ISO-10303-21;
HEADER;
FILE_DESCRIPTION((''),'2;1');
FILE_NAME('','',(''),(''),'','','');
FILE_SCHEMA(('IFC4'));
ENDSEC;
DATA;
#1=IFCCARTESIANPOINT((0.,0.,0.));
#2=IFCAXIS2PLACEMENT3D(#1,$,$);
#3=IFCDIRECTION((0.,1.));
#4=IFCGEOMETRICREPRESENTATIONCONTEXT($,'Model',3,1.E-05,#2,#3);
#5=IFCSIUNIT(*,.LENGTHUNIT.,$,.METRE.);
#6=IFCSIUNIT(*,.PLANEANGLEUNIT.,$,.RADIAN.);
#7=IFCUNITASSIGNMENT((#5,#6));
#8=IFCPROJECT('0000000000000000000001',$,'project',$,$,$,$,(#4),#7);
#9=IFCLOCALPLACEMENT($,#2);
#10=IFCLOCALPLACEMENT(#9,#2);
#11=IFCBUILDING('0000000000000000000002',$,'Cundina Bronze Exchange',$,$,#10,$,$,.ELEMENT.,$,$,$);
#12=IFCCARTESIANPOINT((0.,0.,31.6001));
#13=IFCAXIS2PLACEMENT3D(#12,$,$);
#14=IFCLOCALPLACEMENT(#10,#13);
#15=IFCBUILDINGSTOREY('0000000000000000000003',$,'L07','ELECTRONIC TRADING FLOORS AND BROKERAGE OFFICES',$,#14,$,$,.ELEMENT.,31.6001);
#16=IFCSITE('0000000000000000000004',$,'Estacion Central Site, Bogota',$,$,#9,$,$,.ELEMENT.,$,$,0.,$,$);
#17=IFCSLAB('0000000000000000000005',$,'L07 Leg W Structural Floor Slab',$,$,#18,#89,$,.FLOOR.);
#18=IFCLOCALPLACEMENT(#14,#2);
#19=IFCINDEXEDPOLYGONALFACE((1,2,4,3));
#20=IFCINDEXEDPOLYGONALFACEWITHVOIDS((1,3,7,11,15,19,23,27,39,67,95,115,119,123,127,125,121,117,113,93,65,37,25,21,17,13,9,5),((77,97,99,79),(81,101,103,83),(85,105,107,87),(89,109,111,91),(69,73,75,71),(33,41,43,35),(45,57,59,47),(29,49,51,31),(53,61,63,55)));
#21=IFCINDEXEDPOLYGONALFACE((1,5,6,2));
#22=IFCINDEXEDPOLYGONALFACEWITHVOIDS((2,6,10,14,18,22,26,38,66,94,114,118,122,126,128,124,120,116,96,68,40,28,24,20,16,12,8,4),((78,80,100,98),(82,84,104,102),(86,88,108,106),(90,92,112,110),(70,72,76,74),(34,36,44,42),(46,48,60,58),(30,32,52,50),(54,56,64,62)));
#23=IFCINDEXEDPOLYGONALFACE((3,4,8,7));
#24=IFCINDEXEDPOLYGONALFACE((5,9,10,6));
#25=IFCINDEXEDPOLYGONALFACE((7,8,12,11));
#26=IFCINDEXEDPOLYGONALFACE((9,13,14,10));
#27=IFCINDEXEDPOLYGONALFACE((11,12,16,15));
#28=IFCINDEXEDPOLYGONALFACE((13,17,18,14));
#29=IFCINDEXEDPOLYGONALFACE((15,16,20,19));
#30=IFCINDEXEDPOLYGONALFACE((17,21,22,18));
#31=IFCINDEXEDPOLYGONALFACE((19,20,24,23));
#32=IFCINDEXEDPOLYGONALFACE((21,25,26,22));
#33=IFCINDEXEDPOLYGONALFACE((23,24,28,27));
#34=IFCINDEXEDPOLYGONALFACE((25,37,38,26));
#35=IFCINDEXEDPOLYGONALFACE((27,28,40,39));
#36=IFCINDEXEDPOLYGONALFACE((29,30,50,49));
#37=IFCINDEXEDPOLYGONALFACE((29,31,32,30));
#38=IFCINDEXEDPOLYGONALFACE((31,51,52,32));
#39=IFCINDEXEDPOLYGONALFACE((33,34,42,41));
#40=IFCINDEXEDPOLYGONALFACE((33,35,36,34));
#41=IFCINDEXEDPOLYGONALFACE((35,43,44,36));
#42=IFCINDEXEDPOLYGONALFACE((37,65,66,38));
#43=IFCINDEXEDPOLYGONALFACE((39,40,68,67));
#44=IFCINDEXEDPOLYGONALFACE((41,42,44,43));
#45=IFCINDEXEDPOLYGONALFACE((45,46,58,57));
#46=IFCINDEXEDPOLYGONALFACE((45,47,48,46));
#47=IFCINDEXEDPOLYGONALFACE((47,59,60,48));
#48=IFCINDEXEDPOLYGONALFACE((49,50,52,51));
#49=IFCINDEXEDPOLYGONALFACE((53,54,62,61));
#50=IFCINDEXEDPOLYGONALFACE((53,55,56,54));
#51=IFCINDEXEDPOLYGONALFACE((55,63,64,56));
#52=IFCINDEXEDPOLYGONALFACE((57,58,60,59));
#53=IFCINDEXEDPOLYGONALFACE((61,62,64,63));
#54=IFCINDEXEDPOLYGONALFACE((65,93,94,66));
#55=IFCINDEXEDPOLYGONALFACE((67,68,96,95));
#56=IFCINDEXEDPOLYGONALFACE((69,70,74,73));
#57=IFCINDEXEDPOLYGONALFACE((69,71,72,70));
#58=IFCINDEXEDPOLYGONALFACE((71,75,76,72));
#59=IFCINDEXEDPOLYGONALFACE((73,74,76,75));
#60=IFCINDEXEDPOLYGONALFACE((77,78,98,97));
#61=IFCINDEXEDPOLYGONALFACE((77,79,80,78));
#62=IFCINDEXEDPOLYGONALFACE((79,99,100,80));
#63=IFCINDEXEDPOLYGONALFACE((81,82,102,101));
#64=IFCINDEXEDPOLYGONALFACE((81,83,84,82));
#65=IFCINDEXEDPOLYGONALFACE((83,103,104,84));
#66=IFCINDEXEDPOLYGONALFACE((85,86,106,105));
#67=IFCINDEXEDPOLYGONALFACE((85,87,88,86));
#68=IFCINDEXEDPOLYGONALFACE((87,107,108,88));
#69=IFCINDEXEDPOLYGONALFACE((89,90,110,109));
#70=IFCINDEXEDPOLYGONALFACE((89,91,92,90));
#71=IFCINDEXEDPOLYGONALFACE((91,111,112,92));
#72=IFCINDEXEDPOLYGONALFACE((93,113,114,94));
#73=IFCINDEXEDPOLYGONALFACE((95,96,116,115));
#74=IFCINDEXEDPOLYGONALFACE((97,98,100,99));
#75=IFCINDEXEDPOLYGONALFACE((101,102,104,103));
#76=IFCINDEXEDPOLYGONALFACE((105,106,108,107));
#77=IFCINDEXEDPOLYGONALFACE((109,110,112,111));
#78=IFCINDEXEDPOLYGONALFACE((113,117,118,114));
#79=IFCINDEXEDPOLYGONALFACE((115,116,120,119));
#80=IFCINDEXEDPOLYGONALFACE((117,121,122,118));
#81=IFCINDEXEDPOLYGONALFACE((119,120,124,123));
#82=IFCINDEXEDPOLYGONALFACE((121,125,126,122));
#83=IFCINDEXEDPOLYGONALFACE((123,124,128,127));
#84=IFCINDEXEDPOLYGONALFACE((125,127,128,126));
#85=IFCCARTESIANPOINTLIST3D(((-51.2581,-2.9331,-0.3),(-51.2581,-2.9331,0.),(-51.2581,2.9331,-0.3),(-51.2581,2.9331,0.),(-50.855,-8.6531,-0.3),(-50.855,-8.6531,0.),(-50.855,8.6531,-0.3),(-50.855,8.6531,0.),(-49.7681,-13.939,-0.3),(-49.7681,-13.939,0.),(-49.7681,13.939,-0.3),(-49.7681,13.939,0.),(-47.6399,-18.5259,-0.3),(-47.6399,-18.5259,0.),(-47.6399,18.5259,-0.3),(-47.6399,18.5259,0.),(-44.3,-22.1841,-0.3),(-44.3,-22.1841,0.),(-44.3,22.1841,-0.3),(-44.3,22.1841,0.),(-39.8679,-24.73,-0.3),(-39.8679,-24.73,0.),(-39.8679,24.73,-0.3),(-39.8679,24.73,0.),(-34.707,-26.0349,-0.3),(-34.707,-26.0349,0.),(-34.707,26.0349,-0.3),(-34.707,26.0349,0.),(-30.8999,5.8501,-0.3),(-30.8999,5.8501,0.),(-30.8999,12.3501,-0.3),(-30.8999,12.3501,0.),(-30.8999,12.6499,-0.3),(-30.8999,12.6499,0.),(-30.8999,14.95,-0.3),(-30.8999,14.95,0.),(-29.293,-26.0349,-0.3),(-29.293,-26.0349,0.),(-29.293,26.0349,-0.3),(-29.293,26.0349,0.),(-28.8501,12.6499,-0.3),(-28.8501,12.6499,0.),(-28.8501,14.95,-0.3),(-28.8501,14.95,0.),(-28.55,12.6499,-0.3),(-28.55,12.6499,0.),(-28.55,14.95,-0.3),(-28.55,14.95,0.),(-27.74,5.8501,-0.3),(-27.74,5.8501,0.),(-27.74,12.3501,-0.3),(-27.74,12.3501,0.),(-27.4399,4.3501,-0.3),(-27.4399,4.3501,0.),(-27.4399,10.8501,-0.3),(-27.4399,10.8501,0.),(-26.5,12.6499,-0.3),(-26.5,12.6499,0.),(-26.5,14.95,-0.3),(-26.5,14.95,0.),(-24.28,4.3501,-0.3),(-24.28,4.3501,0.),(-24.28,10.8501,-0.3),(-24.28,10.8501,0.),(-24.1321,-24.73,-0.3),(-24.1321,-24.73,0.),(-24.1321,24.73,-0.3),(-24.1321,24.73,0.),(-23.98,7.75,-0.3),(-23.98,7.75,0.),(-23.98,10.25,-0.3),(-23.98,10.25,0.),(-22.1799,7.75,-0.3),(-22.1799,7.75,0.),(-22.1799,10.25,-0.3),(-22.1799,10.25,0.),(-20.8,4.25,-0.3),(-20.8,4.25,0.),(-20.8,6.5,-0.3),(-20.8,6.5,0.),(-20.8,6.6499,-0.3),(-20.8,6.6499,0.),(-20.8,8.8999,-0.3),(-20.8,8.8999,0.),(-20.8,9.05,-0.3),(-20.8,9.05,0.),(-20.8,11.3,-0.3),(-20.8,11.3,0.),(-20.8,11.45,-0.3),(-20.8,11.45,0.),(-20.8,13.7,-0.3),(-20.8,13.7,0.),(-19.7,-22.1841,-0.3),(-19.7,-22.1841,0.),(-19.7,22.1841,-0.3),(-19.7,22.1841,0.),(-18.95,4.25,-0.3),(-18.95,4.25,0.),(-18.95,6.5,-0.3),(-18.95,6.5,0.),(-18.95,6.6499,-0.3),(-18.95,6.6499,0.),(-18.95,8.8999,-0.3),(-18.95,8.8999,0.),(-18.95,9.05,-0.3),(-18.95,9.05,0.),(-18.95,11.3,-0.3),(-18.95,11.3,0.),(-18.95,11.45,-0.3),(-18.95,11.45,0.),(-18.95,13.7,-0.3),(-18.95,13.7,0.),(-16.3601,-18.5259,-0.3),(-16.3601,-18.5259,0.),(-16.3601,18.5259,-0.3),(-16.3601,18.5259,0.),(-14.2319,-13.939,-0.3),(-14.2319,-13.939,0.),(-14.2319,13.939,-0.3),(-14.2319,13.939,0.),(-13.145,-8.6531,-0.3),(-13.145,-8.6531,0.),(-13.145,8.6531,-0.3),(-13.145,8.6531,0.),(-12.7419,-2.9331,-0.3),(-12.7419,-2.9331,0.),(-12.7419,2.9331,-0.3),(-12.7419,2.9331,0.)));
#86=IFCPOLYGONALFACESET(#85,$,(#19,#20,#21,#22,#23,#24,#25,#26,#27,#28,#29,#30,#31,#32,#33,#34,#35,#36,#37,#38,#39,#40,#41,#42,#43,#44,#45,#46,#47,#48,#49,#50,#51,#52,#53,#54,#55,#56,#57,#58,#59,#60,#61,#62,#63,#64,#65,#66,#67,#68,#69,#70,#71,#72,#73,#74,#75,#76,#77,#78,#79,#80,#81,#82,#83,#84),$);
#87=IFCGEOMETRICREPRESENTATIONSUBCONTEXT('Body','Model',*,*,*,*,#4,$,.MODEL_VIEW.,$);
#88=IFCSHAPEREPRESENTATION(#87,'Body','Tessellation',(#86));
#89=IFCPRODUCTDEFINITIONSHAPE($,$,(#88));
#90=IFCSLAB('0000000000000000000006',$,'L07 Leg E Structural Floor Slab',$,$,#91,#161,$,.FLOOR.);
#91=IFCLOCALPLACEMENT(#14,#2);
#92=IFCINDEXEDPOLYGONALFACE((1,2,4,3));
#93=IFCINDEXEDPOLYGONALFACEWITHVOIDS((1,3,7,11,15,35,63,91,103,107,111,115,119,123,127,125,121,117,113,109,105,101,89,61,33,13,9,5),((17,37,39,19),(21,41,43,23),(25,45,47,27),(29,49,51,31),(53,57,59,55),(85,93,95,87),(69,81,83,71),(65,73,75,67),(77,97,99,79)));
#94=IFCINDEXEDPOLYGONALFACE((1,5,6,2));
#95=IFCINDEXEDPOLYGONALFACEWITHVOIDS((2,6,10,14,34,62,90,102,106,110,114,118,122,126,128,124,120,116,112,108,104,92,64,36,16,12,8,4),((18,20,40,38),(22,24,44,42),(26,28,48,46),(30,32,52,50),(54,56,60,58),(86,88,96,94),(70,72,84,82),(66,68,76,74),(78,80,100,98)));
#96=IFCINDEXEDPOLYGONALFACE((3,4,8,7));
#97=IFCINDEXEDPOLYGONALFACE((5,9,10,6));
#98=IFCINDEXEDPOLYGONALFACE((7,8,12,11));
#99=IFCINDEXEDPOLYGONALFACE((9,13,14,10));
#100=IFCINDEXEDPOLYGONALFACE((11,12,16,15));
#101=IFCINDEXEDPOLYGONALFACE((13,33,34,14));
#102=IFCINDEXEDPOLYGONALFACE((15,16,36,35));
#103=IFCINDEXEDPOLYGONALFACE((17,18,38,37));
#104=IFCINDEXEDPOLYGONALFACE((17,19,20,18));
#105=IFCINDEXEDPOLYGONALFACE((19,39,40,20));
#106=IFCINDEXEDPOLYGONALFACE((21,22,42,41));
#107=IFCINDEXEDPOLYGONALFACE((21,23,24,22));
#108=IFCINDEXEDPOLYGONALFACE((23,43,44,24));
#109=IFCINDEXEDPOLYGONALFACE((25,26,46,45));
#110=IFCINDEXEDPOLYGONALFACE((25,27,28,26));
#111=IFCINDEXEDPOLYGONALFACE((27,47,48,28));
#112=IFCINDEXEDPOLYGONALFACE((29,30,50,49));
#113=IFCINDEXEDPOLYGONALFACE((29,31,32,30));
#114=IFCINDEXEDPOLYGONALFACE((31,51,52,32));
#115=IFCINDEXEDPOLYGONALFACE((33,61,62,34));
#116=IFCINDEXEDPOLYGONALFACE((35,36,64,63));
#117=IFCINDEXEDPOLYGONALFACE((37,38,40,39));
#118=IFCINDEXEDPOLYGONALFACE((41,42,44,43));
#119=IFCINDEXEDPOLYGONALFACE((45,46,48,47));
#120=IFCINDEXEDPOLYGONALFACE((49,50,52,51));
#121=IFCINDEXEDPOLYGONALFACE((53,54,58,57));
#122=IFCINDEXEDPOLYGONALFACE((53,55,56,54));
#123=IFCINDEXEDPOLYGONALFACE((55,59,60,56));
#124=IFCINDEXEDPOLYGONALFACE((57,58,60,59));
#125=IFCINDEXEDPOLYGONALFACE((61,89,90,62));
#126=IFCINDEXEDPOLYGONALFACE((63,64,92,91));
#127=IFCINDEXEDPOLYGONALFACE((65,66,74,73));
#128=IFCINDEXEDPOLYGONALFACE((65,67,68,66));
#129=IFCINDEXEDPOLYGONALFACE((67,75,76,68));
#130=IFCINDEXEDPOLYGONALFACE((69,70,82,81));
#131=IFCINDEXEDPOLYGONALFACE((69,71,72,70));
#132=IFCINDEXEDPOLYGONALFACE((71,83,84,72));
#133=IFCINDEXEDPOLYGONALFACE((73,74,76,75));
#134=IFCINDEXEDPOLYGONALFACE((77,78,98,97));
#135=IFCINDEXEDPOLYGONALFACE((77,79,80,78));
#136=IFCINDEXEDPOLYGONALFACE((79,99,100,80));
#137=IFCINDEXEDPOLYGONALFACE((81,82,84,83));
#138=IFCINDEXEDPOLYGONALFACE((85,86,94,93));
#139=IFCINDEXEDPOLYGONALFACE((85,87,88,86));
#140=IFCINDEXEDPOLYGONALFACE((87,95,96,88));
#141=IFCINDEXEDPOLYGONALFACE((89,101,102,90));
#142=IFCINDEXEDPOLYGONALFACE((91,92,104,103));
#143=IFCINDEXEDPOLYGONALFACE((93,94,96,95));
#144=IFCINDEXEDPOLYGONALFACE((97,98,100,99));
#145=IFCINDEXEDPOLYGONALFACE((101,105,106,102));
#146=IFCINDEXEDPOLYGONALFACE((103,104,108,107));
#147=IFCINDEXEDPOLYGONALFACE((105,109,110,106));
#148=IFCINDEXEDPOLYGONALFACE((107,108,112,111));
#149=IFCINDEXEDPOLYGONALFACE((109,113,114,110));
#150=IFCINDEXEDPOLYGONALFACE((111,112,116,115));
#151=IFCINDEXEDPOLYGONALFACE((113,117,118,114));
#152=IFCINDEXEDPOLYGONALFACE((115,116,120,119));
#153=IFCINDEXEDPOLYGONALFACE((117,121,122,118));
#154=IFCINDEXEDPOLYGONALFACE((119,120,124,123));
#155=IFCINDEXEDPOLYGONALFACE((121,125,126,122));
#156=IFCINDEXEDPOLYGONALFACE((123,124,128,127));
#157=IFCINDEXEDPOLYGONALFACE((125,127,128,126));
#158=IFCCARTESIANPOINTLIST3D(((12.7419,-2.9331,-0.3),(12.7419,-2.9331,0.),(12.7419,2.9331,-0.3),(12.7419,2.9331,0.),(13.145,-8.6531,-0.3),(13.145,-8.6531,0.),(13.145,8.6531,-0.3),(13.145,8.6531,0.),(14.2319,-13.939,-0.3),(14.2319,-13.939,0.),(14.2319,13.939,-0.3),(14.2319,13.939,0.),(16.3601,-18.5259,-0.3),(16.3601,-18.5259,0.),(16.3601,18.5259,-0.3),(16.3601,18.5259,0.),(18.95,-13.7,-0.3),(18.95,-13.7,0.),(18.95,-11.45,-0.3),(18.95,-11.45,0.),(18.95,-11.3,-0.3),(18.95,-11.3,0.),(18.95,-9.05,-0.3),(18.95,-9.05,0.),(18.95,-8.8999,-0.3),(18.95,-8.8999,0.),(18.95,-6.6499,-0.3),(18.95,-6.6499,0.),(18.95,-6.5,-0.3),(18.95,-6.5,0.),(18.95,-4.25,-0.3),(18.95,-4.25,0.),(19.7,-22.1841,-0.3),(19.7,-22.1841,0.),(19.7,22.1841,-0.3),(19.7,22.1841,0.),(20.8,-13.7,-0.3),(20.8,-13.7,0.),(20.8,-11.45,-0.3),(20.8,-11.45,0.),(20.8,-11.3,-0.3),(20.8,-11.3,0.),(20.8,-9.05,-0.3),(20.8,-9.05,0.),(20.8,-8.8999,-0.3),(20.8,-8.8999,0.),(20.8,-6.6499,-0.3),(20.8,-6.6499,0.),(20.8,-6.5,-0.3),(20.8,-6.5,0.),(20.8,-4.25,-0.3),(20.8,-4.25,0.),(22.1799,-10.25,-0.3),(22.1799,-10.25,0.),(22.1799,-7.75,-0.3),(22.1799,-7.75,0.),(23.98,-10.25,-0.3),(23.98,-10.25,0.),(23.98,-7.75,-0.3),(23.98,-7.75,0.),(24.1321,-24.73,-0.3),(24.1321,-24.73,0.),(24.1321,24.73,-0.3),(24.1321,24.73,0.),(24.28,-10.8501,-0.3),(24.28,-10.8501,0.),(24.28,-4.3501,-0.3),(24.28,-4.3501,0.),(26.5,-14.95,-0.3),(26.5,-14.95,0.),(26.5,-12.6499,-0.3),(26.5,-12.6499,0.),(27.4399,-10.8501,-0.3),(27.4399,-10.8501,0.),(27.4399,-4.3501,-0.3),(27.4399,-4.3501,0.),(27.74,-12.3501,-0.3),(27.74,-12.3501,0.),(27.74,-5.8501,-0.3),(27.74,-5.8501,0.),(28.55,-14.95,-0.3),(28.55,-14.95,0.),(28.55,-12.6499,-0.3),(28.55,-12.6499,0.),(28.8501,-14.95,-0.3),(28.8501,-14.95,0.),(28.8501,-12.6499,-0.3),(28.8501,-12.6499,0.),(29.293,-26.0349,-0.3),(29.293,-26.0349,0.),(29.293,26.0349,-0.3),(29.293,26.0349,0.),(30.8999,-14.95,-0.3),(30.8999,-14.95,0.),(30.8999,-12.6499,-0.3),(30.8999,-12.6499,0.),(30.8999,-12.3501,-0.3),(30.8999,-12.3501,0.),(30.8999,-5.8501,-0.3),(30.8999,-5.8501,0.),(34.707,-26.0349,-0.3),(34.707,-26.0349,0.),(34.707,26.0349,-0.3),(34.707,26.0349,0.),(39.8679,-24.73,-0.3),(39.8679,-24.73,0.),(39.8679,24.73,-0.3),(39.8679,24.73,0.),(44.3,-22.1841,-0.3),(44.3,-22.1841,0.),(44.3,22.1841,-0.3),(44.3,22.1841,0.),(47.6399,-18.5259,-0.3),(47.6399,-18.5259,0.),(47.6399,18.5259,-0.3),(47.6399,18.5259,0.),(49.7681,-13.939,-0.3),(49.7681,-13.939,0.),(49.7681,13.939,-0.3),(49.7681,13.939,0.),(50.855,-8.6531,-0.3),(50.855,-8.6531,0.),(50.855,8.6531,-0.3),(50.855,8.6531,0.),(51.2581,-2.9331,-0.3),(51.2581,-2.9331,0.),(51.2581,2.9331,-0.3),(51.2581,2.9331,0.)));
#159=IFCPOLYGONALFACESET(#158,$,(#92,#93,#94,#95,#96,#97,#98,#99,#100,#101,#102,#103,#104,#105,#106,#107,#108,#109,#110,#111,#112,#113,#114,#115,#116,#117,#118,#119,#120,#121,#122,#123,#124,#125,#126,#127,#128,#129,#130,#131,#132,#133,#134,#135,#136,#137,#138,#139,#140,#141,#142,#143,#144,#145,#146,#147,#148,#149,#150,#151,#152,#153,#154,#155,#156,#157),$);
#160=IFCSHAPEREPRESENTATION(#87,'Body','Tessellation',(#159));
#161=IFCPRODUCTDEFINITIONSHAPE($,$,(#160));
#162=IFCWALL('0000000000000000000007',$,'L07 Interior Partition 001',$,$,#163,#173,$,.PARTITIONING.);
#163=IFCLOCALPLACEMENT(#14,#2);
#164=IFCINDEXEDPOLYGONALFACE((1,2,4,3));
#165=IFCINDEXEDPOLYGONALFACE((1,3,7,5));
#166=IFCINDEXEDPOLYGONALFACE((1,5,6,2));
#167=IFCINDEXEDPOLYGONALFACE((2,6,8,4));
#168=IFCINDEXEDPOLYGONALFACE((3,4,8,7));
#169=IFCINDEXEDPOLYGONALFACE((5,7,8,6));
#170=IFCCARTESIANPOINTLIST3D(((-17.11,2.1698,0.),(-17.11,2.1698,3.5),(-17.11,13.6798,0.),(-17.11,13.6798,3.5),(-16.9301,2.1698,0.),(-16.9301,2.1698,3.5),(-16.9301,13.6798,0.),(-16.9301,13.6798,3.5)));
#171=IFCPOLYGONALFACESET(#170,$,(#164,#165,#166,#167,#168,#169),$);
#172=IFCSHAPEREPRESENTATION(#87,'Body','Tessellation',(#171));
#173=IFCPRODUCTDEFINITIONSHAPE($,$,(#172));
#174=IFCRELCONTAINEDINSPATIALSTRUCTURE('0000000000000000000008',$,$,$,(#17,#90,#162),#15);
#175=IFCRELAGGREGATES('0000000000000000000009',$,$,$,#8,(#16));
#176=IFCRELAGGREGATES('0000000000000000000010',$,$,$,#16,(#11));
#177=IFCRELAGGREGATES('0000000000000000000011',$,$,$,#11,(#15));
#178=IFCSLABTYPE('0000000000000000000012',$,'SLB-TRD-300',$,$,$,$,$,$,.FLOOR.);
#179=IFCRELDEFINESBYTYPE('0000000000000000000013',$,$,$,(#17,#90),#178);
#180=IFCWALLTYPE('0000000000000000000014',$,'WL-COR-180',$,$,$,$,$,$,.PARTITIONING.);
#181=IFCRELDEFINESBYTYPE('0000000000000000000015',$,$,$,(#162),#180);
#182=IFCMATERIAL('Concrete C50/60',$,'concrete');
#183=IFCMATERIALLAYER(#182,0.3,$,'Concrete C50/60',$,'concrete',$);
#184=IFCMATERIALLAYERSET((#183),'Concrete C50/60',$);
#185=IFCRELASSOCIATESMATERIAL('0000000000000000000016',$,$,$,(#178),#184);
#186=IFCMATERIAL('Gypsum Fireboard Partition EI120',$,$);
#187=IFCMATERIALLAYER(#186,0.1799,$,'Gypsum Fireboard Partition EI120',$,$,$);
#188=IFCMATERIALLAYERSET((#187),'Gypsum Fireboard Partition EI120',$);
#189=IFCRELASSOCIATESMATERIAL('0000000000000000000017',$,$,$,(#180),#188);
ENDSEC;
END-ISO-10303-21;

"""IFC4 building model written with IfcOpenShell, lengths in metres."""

from ifc_helpers import new_model, si_unit, direction, frame, frame_2d, origin, place, context, subcontext, project, spatial, polyline, rectangle, outline, extrude, material, layer, layer_set, type_object, element, save


model = new_model("IFC4")

# Units and contexts
model_context = context("Model", 3, precision=1e-05, world=origin(), true_north=direction((0.0, 1.0)))
body_context = subcontext(model_context, "Body", "Model", "MODEL_VIEW")
ifc_project = project(units=[si_unit("LENGTHUNIT", "METRE"), si_unit("PLANEANGLEUNIT", "RADIAN")], contexts=[model_context])

# Site, building, storey
site_placement = place(None, origin())
site = spatial("IfcSite", under=ifc_project, at=site_placement, Name="Estacion Central Site, Bogota", CompositionType="ELEMENT", RefElevation=0.0)
building_placement = place(site_placement, origin())
building = spatial("IfcBuilding", under=site, at=building_placement, Name="Cundina Bronze Exchange", CompositionType="ELEMENT")
storey_placement = place(building_placement, frame((0.0, 0.0, 31.6001)))
storey = spatial("IfcBuildingStorey", under=building, at=storey_placement, Name="L07", Description="ELECTRONIC TRADING FLOORS AND BROKERAGE OFFICES", CompositionType="ELEMENT", Elevation=31.6001)

# Slabs
ifc_material_1 = material(Name="Concrete C50/60", Category="concrete")
ifc_layer_1 = layer(ifc_material_1, 0.3, Name="Concrete C50/60", Category="concrete")
ifc_layer_set_1 = layer_set([ifc_layer_1], Name="Concrete C50/60")
slab_type_1 = type_object("IfcSlabType", Name="SLB-TRD-300", PredefinedType="FLOOR", material=ifc_layer_set_1)
slab_1_placement = place(storey_placement, frame((0.0, 0.0, -0.3)))
element("IfcSlab", 1, at=slab_1_placement, inside=storey, type_object=slab_type_1, Name="L07 Leg W Structural Floor Slab", PredefinedType="FLOOR", context=body_context, shape_type="SweptSolid", body=[
    extrude(outline(polyline([(-12.7419, 2.9331), (-13.145, 8.6531), (-14.2319, 13.939), (-16.3601, 18.5259), (-19.7, 22.1841), (-24.1321, 24.73), (-29.293, 26.0349), (-34.707, 26.0349), (-39.8679, 24.73), (-44.3, 22.1841), (-47.6399, 18.5259), (-49.7681, 13.939), (-50.855, 8.6531), (-51.2581, 2.9331), (-51.2581, -2.9331), (-50.855, -8.6531), (-49.7681, -13.939), (-47.6399, -18.5259), (-44.3, -22.1841), (-39.8679, -24.73), (-34.707, -26.0349), (-29.293, -26.0349), (-24.1321, -24.73), (-19.7, -22.1841), (-16.3601, -18.5259), (-14.2319, -13.939), (-13.145, -8.6531), (-12.7419, -2.9331), (-12.7419, 2.9331)]), holes=[polyline([(-27.74, 5.8501), (-27.74, 12.3501), (-30.8999, 12.3501), (-30.8999, 5.8501), (-27.74, 5.8501)]), polyline([(-27.4399, 10.8501), (-27.4399, 4.3501), (-24.28, 4.3501), (-24.28, 10.8501), (-27.4399, 10.8501)]), polyline([(-23.98, 10.25), (-22.1799, 10.25), (-22.1799, 7.75), (-23.98, 7.75), (-23.98, 10.25)]), polyline([(-30.8999, 14.95), (-28.8501, 14.95), (-28.8501, 12.6499), (-30.8999, 12.6499), (-30.8999, 14.95)]), polyline([(-28.55, 14.95), (-26.5, 14.95), (-26.5, 12.6499), (-28.55, 12.6499), (-28.55, 14.95)]), polyline([(-20.8, 13.7), (-18.95, 13.7), (-18.95, 11.45), (-20.8, 11.45), (-20.8, 13.7)]), polyline([(-20.8, 11.3), (-18.95, 11.3), (-18.95, 9.05), (-20.8, 9.05), (-20.8, 11.3)]), polyline([(-20.8, 8.8999), (-18.95, 8.8999), (-18.95, 6.6499), (-20.8, 6.6499), (-20.8, 8.8999)]), polyline([(-20.8, 6.5), (-18.95, 6.5), (-18.95, 4.25), (-20.8, 4.25), (-20.8, 6.5)])]), origin(), (0.0, 0.0, 1.0), 0.3),
])
slab_2_placement = place(storey_placement, frame((0.0, 0.0, -0.3)))
element("IfcSlab", 2, at=slab_2_placement, inside=storey, type_object=slab_type_1, Name="L07 Leg E Structural Floor Slab", PredefinedType="FLOOR", context=body_context, shape_type="SweptSolid", body=[
    extrude(outline(polyline([(51.2581, 2.9331), (50.855, 8.6531), (49.7681, 13.939), (47.6399, 18.5259), (44.3, 22.1841), (39.8679, 24.73), (34.707, 26.0349), (29.293, 26.0349), (24.1321, 24.73), (19.7, 22.1841), (16.3601, 18.5259), (14.2319, 13.939), (13.145, 8.6531), (12.7419, 2.9331), (12.7419, -2.9331), (13.145, -8.6531), (14.2319, -13.939), (16.3601, -18.5259), (19.7, -22.1841), (24.1321, -24.73), (29.293, -26.0349), (34.707, -26.0349), (39.8679, -24.73), (44.3, -22.1841), (47.6399, -18.5259), (49.7681, -13.939), (50.855, -8.6531), (51.2581, -2.9331), (51.2581, 2.9331)]), holes=[polyline([(27.74, -5.8501), (27.74, -12.3501), (30.8999, -12.3501), (30.8999, -5.8501), (27.74, -5.8501)]), polyline([(27.4399, -10.8501), (27.4399, -4.3501), (24.28, -4.3501), (24.28, -10.8501), (27.4399, -10.8501)]), polyline([(22.1799, -7.75), (23.98, -7.75), (23.98, -10.25), (22.1799, -10.25), (22.1799, -7.75)]), polyline([(28.8501, -12.6499), (30.8999, -12.6499), (30.8999, -14.95), (28.8501, -14.95), (28.8501, -12.6499)]), polyline([(26.5, -12.6499), (28.55, -12.6499), (28.55, -14.95), (26.5, -14.95), (26.5, -12.6499)]), polyline([(18.95, -11.45), (20.8, -11.45), (20.8, -13.7), (18.95, -13.7), (18.95, -11.45)]), polyline([(18.95, -9.05), (20.8, -9.05), (20.8, -11.3), (18.95, -11.3), (18.95, -9.05)]), polyline([(18.95, -6.6499), (20.8, -6.6499), (20.8, -8.8999), (18.95, -8.8999), (18.95, -6.6499)]), polyline([(18.95, -4.25), (20.8, -4.25), (20.8, -6.5), (18.95, -6.5), (18.95, -4.25)])]), origin(), (0.0, 0.0, 1.0), 0.3),
])

# Wall
ifc_material_2 = material(Name="Gypsum Fireboard Partition EI120")
ifc_layer_2 = layer(ifc_material_2, 0.1799, Name="Gypsum Fireboard Partition EI120")
ifc_layer_set_2 = layer_set([ifc_layer_2], Name="Gypsum Fireboard Partition EI120")
wall_type_1 = type_object("IfcWallType", Name="WL-COR-180", PredefinedType="PARTITIONING", material=ifc_layer_set_2)
wall_1_placement = place(storey_placement, frame((-17.02, 2.1699, 0.0), z_axis=(0.0, 0.0, 1.0), x_axis=(0.0, 1.0, 0.0)))
element("IfcWall", 3, at=wall_1_placement, inside=storey, type_object=wall_type_1, Name="L07 Interior Partition 001", PredefinedType="PARTITIONING", context=body_context, shape_type="SweptSolid", body=[
    extrude(rectangle(XDim=11.51, YDim=0.1799, at=frame_2d((5.7549, 0.0))), origin(), (0.0, 0.0, 1.0), 3.5),
])

save(model, "model.ifc")
